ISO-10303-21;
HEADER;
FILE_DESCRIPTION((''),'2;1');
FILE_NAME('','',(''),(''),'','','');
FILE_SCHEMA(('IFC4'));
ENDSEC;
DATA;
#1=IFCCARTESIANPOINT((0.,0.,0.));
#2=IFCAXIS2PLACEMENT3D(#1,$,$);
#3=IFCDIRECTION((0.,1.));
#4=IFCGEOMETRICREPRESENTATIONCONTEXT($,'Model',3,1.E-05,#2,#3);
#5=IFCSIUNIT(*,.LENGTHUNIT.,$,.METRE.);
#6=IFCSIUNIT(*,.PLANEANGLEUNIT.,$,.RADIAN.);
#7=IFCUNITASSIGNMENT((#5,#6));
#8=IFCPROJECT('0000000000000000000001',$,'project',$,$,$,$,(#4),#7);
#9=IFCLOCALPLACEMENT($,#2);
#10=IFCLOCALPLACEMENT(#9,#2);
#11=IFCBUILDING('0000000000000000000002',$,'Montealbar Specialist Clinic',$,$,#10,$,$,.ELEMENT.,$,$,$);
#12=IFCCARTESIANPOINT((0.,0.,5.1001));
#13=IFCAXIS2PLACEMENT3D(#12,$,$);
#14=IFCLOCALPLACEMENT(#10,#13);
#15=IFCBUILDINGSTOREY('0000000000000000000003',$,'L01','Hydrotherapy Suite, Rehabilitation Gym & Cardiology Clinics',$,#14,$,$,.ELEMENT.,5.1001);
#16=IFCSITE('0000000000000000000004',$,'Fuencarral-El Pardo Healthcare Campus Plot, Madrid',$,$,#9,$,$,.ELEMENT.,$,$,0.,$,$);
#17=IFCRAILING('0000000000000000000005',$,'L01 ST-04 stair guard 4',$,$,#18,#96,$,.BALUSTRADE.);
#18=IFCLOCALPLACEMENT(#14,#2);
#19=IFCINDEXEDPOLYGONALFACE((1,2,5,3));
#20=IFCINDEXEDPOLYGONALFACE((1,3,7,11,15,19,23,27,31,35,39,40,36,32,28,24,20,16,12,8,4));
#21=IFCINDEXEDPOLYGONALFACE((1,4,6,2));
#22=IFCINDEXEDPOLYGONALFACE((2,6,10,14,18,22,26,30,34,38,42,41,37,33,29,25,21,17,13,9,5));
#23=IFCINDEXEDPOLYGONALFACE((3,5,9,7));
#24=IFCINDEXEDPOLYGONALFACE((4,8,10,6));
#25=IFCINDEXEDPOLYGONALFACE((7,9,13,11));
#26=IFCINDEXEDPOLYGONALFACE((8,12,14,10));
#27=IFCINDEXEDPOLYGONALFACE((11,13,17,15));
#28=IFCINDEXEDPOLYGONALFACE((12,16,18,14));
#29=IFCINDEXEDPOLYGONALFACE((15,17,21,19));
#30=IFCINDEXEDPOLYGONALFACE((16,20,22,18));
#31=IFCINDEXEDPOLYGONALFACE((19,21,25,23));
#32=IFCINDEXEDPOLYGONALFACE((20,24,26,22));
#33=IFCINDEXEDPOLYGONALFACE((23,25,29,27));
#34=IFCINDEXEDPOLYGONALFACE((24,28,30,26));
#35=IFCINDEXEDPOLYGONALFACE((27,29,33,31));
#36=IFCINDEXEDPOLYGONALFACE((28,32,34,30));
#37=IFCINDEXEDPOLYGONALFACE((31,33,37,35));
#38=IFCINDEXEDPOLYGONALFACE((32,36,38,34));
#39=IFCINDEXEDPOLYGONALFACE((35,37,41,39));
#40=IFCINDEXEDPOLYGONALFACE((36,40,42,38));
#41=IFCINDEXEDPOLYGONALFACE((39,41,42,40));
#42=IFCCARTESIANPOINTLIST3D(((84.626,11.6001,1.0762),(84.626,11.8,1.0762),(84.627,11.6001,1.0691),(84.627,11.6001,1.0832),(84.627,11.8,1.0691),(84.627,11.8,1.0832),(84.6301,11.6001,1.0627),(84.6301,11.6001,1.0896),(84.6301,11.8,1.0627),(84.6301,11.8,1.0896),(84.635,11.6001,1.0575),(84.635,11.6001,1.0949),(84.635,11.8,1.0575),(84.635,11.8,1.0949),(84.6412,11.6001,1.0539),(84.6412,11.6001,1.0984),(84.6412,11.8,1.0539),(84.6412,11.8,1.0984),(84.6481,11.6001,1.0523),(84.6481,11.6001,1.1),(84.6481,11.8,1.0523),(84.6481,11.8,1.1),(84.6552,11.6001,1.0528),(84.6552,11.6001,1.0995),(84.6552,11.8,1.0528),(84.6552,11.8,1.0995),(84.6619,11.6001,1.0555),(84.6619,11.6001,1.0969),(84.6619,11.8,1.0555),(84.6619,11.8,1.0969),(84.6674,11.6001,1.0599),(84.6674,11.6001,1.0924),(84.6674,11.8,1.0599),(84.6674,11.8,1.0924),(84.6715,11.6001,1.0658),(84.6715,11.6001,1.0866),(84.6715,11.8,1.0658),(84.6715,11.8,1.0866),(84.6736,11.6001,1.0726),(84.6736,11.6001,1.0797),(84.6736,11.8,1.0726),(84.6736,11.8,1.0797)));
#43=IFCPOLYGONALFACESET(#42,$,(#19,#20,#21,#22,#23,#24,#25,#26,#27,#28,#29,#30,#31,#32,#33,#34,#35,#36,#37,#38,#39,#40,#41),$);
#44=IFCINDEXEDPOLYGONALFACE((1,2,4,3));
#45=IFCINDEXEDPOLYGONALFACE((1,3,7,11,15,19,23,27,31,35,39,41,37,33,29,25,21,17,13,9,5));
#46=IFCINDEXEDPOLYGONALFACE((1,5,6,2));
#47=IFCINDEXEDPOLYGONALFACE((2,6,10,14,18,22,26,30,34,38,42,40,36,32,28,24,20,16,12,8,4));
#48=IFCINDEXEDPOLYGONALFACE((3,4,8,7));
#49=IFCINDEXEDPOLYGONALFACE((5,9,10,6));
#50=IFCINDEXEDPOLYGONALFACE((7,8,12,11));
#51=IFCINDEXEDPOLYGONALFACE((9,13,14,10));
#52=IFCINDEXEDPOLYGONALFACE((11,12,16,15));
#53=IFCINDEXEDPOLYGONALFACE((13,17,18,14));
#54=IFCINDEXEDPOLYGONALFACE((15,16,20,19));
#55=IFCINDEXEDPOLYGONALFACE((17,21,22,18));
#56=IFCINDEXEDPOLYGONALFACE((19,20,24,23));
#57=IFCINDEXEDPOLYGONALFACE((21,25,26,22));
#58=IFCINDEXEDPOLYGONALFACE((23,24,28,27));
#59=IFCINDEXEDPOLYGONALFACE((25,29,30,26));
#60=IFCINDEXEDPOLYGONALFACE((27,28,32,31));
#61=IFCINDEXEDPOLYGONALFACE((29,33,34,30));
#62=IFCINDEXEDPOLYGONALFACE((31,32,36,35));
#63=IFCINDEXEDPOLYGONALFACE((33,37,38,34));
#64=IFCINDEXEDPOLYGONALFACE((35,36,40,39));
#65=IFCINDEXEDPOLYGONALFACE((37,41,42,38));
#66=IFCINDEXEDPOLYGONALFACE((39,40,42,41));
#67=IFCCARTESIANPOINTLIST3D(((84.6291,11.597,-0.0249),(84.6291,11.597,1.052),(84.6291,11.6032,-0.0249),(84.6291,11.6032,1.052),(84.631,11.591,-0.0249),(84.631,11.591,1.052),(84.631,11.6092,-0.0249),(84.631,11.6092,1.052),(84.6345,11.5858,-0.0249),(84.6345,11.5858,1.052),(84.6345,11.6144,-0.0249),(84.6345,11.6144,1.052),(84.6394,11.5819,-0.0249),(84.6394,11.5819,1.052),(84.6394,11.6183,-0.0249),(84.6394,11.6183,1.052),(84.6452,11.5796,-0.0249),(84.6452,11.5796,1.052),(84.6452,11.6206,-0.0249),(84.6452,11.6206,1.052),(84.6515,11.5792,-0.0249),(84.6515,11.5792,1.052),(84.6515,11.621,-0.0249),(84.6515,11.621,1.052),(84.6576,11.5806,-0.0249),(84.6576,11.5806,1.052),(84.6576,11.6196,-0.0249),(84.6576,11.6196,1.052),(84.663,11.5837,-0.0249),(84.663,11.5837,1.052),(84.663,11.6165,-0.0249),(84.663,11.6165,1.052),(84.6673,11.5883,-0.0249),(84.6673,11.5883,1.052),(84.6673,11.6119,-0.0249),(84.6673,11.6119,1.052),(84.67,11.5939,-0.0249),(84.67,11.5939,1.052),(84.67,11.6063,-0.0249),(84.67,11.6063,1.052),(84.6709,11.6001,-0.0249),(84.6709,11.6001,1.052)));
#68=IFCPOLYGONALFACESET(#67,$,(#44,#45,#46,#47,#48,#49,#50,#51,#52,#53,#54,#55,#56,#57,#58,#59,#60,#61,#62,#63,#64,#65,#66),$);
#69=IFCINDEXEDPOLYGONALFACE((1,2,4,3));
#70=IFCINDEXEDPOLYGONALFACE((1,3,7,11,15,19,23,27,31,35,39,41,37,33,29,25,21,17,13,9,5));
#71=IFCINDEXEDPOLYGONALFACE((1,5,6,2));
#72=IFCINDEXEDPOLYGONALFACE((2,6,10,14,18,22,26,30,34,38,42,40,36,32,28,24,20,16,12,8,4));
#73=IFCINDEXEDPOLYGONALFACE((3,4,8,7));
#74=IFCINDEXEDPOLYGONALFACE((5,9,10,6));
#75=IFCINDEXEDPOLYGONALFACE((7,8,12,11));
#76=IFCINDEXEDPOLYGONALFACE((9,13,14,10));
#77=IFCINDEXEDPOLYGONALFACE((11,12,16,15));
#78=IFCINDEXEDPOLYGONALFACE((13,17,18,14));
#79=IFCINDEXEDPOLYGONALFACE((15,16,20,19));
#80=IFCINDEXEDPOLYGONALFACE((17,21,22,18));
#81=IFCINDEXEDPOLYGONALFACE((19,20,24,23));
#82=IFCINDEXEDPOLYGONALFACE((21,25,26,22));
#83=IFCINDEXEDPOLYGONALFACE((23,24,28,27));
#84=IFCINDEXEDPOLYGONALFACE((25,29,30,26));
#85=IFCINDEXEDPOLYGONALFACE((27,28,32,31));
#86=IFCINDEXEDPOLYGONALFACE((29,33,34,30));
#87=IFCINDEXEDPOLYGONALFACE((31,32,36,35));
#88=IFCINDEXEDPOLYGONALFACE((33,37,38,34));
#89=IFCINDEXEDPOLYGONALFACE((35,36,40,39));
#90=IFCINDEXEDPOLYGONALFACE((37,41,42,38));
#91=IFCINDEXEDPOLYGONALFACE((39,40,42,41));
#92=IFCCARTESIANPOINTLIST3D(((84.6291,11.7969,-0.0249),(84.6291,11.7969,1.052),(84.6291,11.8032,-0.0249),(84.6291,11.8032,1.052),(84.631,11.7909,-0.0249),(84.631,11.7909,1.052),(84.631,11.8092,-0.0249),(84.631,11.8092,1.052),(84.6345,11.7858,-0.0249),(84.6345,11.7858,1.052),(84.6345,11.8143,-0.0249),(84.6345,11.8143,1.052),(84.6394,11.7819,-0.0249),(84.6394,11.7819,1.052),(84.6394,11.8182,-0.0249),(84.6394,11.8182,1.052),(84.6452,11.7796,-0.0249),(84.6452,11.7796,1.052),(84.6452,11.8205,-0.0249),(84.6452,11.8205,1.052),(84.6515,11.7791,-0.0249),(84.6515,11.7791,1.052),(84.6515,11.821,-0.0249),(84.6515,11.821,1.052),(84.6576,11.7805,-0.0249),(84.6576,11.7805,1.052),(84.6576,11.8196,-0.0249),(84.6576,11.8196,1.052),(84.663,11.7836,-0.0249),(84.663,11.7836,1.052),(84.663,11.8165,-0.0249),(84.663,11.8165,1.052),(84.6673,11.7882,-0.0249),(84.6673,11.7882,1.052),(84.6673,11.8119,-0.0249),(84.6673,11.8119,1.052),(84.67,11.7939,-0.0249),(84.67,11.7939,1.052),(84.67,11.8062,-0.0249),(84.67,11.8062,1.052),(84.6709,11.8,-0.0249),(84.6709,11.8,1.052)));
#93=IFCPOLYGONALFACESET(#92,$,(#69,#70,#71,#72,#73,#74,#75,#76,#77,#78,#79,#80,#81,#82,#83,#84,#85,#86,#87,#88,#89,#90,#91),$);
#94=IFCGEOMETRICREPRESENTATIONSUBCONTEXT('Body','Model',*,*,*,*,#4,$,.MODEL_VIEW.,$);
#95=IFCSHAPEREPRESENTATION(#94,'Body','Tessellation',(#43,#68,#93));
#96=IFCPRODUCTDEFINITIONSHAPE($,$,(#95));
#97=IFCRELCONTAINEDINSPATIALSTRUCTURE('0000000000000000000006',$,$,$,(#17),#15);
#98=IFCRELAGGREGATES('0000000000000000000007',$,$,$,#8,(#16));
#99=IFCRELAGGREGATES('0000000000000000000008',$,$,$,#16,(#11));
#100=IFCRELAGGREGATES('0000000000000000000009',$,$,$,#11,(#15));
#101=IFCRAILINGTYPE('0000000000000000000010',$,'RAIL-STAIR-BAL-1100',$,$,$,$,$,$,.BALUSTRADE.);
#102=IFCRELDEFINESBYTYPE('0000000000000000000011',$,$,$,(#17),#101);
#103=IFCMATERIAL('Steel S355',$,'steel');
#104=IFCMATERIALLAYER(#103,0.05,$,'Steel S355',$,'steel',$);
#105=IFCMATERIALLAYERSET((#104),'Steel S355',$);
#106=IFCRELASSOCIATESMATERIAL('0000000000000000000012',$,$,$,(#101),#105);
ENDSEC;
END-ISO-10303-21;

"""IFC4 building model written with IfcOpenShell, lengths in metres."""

from ifc_helpers import new_model, si_unit, direction, frame, origin, origin_2d, place, context, subcontext, project, spatial, circle, extrude, material, layer, layer_set, type_object, element, save


model = new_model("IFC4")

# Units and contexts
model_context = context("Model", 3, precision=1e-05, world=origin(), true_north=direction((0.0, 1.0)))
body_context = subcontext(model_context, "Body", "Model", "MODEL_VIEW")
ifc_project = project(units=[si_unit("LENGTHUNIT", "METRE"), si_unit("PLANEANGLEUNIT", "RADIAN")], contexts=[model_context])

# Site, building, storey
site_placement = place(None, origin())
site = spatial("IfcSite", under=ifc_project, at=site_placement, Name="Fuencarral-El Pardo Healthcare Campus Plot, Madrid", CompositionType="ELEMENT", RefElevation=0.0)
building_placement = place(site_placement, origin())
building = spatial("IfcBuilding", under=site, at=building_placement, Name="Montealbar Specialist Clinic", CompositionType="ELEMENT")
storey_placement = place(building_placement, frame((0.0, 0.0, 5.1001)))
storey = spatial("IfcBuildingStorey", under=building, at=storey_placement, Name="L01", Description="Hydrotherapy Suite, Rehabilitation Gym & Cardiology Clinics", CompositionType="ELEMENT", Elevation=5.1001)

# Shared definitions
ifc_material_1 = material(Name="Steel S355", Category="steel")

# Railing
ifc_layer_1 = layer(ifc_material_1, 0.05, Name="Steel S355", Category="steel")
ifc_layer_set_1 = layer_set([ifc_layer_1], Name="Steel S355")
railing_type_1 = type_object("IfcRailingType", Name="RAIL-STAIR-BAL-1100", PredefinedType="BALUSTRADE", material=ifc_layer_set_1)
railing_1_placement = place(storey_placement, frame((84.6499, 11.6001, 0.0)))
element("IfcRailing", 1, at=railing_1_placement, inside=storey, type_object=railing_type_1, Name="L01 ST-04 stair guard 4", PredefinedType="BALUSTRADE", context=body_context, shape_type="SweptSolid", body=[
    extrude(circle(Radius=0.0239, at=origin_2d()), frame((0.0, 0.0, 1.0762), z_axis=(0.0, 1.0, 0.0), x_axis=(-1.0, 0.0, 0.0)), (0.0, 0.0, 1.0), 0.2),
    extrude(circle(Radius=0.021, at=origin_2d()), frame((0.0, 0.0, -0.0249)), (0.0, 0.0, 1.0), 1.0769),
    extrude(circle(Radius=0.021, at=origin_2d()), frame((0.0, 0.2, -0.0249)), (0.0, 0.0, 1.0), 1.0769),
])

save(model, "model.ifc")
